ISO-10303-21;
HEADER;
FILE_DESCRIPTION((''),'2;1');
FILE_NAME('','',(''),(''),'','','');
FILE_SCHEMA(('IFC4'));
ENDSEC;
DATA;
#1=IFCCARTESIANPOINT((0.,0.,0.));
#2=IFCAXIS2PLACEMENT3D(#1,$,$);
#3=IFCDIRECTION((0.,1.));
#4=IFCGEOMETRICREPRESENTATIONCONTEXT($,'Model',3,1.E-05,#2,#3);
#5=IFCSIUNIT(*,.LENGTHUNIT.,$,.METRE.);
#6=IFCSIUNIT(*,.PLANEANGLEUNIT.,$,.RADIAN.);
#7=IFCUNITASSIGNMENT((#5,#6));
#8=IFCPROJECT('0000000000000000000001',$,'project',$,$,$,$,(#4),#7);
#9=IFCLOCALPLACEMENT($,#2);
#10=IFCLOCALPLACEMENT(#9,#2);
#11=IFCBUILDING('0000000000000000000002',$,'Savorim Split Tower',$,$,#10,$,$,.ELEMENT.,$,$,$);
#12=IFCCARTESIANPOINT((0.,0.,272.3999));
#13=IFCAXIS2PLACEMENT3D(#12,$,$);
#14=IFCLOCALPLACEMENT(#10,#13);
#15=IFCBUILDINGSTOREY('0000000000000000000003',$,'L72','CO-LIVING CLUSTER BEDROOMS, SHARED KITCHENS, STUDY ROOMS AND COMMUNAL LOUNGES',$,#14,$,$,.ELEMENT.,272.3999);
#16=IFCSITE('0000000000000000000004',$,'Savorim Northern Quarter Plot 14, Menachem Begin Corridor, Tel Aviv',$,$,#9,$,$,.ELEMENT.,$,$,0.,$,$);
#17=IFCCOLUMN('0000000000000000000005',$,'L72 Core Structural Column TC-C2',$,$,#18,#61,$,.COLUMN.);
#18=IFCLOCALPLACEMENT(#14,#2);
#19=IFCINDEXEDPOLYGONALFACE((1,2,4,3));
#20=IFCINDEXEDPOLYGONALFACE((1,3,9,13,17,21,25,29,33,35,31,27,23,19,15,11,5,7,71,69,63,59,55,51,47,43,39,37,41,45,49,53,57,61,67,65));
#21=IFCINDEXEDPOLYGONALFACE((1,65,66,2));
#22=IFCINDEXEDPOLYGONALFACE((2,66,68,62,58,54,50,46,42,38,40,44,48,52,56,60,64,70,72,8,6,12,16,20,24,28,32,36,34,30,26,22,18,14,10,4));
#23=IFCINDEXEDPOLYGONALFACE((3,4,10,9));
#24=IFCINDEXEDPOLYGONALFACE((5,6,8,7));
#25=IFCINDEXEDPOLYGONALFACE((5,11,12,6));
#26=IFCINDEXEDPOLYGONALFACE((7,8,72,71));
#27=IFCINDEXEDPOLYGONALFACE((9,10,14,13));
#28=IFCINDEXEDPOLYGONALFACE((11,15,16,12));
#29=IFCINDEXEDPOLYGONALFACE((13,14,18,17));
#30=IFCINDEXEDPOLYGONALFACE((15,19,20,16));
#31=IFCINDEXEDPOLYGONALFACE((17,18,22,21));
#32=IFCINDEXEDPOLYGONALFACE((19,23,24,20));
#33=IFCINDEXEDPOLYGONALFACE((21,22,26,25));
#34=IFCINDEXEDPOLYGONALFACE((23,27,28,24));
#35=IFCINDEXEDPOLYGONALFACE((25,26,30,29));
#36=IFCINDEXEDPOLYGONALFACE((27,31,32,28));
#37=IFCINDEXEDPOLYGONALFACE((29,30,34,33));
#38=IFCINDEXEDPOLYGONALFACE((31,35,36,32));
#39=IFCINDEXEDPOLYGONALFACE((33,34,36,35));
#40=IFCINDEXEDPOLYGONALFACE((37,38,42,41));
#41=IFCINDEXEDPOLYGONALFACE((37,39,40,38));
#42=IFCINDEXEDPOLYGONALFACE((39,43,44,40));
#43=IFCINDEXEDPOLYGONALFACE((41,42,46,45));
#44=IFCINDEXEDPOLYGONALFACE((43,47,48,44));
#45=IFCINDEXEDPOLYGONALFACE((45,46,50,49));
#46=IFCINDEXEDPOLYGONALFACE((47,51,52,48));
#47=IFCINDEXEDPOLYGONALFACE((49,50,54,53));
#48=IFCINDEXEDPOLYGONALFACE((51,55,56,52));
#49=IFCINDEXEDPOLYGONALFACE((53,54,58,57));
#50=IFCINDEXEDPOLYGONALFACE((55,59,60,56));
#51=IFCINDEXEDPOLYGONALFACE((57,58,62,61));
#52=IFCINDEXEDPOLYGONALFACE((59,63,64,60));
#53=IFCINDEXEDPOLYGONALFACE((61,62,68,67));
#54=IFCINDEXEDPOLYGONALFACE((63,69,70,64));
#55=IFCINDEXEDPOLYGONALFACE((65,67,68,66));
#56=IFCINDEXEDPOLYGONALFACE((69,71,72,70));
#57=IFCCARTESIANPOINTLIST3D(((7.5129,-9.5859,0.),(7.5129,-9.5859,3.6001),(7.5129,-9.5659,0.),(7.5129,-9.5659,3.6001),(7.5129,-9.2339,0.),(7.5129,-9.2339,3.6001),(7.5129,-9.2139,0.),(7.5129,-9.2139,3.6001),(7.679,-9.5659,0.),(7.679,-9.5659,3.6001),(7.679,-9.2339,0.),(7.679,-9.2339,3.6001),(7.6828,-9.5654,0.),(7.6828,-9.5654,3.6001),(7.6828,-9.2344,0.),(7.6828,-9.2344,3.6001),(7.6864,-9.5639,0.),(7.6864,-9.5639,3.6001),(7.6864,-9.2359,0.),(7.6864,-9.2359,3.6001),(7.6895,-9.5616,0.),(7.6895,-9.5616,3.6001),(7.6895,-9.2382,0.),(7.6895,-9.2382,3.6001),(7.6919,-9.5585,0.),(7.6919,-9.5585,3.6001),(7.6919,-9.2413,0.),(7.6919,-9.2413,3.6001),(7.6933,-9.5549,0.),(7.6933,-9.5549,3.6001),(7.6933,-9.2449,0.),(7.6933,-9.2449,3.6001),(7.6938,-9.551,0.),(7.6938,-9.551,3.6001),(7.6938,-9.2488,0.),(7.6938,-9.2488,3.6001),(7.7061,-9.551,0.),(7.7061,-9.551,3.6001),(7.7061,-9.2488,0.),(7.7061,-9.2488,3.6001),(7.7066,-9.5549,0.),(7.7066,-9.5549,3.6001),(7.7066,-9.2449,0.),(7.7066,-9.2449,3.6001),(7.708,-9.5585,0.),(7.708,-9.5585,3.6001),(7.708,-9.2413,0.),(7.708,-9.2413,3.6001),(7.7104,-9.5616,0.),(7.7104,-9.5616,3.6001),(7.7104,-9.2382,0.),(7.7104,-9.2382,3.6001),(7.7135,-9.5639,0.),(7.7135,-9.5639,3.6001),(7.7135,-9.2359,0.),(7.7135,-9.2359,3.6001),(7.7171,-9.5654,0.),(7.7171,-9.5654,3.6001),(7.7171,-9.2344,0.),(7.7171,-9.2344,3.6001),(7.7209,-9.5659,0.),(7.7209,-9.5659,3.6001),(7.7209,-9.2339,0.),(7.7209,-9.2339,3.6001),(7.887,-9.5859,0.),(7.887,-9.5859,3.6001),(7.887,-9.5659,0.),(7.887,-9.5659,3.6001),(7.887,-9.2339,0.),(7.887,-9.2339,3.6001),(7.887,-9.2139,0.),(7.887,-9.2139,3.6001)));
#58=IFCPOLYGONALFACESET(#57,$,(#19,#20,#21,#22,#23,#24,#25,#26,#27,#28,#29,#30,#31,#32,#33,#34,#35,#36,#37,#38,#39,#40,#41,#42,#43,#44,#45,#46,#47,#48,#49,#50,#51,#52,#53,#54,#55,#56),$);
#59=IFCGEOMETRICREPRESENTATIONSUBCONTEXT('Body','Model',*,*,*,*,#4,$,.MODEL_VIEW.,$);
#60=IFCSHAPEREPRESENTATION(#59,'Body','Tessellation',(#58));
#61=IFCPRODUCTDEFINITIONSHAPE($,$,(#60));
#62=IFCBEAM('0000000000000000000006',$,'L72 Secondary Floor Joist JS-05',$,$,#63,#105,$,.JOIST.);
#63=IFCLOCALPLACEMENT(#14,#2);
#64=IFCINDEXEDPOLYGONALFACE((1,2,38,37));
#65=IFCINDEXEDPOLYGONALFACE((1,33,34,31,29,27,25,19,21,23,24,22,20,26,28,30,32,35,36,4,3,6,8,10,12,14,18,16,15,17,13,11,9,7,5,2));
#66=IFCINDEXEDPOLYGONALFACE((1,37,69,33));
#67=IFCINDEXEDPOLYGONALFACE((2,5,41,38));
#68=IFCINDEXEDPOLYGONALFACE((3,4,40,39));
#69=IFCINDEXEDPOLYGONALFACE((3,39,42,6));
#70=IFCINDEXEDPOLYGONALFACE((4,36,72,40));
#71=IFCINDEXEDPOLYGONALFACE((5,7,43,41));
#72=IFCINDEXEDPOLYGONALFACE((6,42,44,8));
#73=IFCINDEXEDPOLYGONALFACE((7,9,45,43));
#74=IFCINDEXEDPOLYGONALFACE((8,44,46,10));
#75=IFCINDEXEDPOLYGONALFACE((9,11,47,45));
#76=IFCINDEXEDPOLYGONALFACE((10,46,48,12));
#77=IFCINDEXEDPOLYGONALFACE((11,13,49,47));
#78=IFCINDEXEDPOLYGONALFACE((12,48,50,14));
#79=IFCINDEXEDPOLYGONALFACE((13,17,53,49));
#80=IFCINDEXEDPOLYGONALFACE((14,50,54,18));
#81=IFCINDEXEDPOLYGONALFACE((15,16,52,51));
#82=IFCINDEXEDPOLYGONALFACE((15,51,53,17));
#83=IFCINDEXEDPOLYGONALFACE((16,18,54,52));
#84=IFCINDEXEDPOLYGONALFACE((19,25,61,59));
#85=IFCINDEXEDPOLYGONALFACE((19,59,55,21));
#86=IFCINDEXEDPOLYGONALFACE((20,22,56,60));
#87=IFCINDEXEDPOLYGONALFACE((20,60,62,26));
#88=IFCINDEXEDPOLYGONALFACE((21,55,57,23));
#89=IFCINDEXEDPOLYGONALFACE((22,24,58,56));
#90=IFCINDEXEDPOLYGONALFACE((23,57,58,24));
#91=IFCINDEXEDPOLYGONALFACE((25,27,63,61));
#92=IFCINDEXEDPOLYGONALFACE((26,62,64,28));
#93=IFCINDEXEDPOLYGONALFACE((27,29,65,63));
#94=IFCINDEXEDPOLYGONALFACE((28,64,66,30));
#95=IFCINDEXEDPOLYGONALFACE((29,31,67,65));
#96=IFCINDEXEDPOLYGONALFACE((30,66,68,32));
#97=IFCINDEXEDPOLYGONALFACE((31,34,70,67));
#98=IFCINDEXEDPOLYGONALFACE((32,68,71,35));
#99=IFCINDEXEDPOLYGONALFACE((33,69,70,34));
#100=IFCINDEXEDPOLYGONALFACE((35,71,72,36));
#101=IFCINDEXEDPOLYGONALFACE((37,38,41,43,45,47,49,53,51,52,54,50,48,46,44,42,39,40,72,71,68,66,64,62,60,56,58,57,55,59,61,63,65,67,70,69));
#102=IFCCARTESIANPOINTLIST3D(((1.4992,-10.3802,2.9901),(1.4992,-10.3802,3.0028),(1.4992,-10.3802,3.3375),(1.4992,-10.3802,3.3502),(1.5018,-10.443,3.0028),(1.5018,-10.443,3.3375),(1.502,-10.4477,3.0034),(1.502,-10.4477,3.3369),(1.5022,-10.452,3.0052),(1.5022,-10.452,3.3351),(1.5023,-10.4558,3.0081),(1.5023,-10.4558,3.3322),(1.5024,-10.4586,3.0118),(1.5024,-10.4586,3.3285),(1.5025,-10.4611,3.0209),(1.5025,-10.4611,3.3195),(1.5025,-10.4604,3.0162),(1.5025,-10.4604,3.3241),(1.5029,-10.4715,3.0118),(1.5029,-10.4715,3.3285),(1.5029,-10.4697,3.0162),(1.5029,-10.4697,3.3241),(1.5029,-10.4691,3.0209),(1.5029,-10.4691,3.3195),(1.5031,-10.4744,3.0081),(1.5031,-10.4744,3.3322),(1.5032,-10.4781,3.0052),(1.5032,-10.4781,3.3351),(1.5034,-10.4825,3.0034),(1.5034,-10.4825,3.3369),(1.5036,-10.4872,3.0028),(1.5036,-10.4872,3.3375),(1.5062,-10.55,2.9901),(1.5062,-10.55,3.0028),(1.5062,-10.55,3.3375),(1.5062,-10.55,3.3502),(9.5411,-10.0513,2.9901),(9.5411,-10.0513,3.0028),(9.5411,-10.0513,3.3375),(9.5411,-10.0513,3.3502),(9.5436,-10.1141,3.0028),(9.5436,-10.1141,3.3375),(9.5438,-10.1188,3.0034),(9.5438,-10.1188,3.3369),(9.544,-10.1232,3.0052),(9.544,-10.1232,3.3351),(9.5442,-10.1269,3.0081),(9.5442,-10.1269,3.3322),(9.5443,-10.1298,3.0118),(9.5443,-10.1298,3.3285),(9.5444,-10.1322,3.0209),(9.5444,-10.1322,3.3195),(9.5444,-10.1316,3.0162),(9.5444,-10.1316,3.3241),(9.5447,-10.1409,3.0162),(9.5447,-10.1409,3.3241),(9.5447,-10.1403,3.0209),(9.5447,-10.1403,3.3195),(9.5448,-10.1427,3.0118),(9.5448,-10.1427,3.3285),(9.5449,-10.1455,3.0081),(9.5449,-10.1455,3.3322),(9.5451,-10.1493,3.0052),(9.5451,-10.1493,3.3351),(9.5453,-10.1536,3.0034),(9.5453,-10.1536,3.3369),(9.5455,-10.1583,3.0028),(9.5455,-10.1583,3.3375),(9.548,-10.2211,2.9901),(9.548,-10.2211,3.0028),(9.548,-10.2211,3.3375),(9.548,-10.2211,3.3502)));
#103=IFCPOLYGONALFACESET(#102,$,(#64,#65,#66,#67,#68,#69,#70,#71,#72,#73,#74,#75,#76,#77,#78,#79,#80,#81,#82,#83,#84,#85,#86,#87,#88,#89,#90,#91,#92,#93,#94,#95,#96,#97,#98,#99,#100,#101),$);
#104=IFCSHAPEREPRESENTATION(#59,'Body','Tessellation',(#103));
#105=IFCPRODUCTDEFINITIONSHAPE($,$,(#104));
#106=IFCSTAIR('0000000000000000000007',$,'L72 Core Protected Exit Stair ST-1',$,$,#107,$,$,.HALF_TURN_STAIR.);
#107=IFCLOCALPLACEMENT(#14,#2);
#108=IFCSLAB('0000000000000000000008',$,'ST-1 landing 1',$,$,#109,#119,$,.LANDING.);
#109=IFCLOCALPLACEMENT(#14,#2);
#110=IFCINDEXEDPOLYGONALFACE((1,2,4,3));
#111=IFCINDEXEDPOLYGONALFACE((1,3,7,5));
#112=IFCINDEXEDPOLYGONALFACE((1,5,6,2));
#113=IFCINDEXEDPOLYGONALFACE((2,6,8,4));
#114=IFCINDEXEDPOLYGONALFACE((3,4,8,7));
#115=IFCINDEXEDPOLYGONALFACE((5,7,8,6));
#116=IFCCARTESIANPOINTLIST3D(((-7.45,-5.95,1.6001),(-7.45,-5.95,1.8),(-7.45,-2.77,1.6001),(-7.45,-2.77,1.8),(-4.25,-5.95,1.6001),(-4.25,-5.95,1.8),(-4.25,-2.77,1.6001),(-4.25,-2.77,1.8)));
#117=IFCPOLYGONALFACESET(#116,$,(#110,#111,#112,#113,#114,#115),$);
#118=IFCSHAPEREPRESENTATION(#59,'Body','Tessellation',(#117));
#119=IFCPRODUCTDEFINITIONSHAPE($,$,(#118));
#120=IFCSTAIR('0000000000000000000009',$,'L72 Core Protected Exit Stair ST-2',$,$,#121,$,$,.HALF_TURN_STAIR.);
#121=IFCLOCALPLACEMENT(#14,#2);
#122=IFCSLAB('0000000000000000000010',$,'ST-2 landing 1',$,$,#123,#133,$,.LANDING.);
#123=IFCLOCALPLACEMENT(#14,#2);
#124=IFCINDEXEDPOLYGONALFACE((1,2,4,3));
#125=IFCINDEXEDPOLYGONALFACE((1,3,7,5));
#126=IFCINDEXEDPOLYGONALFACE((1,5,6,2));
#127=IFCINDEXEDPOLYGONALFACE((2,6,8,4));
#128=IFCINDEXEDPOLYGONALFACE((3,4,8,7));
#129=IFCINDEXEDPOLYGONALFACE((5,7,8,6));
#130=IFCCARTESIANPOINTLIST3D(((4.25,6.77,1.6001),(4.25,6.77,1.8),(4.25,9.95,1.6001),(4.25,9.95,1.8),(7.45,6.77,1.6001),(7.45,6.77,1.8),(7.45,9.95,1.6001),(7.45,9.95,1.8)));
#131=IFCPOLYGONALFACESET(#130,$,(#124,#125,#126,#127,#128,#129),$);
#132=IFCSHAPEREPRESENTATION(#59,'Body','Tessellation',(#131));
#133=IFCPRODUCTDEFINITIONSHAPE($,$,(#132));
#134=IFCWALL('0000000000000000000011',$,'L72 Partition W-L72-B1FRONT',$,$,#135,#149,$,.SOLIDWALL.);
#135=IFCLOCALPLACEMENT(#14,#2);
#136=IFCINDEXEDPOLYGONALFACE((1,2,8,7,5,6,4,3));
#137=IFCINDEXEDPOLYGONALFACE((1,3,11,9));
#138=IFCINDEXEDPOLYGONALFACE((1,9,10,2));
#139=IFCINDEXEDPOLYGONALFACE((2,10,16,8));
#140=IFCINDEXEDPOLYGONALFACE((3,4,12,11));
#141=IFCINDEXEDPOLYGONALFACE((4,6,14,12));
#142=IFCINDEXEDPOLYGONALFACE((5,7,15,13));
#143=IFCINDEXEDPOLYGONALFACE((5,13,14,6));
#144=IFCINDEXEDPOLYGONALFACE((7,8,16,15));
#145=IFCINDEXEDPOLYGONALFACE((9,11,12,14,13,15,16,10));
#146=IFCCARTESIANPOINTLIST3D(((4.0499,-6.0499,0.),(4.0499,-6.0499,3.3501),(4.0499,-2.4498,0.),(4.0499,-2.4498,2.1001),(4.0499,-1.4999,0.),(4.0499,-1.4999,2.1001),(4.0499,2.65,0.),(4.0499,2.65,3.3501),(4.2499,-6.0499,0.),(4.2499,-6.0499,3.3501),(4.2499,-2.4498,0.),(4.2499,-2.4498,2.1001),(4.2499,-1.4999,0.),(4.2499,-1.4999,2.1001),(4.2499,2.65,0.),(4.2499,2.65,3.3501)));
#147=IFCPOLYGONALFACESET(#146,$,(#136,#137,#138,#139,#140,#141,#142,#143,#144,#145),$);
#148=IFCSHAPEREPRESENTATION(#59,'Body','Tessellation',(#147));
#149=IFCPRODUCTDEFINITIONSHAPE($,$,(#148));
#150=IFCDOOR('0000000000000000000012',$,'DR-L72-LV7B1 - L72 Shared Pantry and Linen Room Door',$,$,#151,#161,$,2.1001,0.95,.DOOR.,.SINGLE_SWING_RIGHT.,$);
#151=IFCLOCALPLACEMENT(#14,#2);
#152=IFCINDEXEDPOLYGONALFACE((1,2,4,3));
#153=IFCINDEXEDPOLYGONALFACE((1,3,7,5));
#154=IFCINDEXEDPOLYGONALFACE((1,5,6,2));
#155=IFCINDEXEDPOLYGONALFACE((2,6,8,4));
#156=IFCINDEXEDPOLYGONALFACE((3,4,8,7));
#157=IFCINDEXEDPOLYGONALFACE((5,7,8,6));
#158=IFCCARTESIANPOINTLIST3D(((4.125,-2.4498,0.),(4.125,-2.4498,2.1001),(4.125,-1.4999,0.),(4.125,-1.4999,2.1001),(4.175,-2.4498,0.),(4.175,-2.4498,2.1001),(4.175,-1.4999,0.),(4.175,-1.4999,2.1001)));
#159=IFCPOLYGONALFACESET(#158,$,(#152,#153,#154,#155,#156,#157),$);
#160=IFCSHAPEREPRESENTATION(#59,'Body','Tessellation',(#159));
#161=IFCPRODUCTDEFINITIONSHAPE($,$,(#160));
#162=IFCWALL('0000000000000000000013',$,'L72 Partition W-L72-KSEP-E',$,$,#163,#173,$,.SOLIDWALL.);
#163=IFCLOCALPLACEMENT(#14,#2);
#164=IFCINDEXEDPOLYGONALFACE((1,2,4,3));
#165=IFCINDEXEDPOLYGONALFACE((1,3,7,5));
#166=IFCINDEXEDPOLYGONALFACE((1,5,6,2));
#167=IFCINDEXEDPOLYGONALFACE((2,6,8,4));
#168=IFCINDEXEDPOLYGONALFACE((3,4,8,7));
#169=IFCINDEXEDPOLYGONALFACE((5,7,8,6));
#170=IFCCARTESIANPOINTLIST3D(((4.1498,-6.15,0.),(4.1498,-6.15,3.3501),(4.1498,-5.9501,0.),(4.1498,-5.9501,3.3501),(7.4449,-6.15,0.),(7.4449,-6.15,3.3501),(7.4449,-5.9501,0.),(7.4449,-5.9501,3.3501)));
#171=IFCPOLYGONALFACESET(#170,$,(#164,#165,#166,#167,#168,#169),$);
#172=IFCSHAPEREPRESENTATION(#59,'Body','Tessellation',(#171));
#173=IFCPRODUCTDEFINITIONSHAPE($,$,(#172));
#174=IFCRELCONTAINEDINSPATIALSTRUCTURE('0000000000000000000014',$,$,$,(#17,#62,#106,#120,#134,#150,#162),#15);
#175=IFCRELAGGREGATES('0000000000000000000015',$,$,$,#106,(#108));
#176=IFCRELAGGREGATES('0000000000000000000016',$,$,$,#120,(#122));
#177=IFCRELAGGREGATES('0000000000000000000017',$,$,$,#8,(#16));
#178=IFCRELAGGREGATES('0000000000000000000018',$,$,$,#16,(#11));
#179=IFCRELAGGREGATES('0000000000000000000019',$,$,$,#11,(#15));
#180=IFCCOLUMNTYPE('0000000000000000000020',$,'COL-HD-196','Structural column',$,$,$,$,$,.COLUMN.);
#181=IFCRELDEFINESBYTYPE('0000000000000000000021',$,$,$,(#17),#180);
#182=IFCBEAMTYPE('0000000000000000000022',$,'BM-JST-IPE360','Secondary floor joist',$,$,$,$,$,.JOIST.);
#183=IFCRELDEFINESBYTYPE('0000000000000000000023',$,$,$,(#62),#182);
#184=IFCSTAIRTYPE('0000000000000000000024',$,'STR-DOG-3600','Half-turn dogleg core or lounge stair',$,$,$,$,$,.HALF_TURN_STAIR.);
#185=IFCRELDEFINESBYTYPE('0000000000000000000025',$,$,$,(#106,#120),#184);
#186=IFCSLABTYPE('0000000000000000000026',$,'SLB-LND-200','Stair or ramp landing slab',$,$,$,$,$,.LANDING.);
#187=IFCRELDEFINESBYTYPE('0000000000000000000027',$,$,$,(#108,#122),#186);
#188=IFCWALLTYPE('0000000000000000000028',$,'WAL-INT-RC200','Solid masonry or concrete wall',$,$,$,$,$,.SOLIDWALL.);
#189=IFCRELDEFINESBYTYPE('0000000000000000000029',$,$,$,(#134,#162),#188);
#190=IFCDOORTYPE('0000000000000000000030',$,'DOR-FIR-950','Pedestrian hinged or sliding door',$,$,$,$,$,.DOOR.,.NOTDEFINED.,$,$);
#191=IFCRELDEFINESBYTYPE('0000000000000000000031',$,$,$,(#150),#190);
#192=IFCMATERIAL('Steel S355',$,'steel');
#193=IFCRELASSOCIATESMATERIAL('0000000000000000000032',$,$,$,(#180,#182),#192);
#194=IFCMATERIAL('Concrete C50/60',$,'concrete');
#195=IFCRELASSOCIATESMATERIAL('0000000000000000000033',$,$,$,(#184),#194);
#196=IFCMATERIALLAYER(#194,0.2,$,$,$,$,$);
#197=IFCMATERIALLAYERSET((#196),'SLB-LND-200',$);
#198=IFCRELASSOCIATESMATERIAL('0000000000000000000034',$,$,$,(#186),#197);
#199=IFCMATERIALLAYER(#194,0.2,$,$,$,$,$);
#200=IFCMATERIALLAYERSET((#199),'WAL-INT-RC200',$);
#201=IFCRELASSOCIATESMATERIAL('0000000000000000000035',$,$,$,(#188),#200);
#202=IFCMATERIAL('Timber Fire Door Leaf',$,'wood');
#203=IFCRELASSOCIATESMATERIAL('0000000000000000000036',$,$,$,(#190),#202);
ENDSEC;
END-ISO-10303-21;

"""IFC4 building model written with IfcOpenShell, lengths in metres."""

from ifc_helpers import new_model, si_unit, direction, frame, frame_2d, origin, origin_2d, place, context, subcontext, project, spatial, polyline, rectangle, i_section, outline, extrude, material, layer, layer_set, material_profile, profile_set, type_object, element, fill, aggregate, save


model = new_model("IFC4")

# Units and contexts
model_context = context("Model", 3, precision=1e-05, world=origin(), true_north=direction((0.0, 1.0)))
body_context = subcontext(model_context, "Body", "Model", "MODEL_VIEW")
ifc_project = project(units=[si_unit("LENGTHUNIT", "METRE"), si_unit("PLANEANGLEUNIT", "RADIAN")], contexts=[model_context])

# Site, building, storey
site_placement = place(None, origin())
site = spatial("IfcSite", under=ifc_project, at=site_placement, Name="Savorim Northern Quarter Plot 14, Menachem Begin Corridor, Tel Aviv", CompositionType="ELEMENT", RefElevation=0.0)
building_placement = place(site_placement, origin())
building = spatial("IfcBuilding", under=site, at=building_placement, Name="Savorim Split Tower", CompositionType="ELEMENT")
storey_placement = place(building_placement, frame((0.0, 0.0, 272.3999)))
storey = spatial("IfcBuildingStorey", under=building, at=storey_placement, Name="L72", Description="CO-LIVING CLUSTER BEDROOMS, SHARED KITCHENS, STUDY ROOMS AND COMMUNAL LOUNGES", CompositionType="ELEMENT", Elevation=272.3999)

# Column
ifc_material_1 = material(Name="Steel S355", Category="steel")
ifc_material_profile_1 = material_profile(ifc_material_1, i_section(OverallWidth=0.374, OverallDepth=0.3721, WebThickness=0.0122, FlangeThickness=0.02, FilletRadius=0.0149, at=origin_2d()), Name="HD 360x196")
ifc_profile_set_1 = profile_set([ifc_material_profile_1], Name="Steel S355")
column_type = type_object("IfcColumnType", Name="COL-HD-196", Description="Structural column", PredefinedType="COLUMN", material=ifc_profile_set_1)
column_placement = place(storey_placement, frame((7.7, -9.3999, 0.0), z_axis=(0.0, 0.0, 1.0), x_axis=(1.0, 0.0, 0.0)))
element("IfcColumn", 1, at=column_placement, inside=storey, type_object=column_type, Name="L72 Core Structural Column TC-C2", PredefinedType="COLUMN", context=body_context, shape_type="SweptSolid", body=[
    extrude(i_section(OverallWidth=0.374, OverallDepth=0.3721, WebThickness=0.0122, FlangeThickness=0.02, FilletRadius=0.0149, at=origin_2d()), origin(), (0.0, 0.0, 1.0), 3.6001),
])

# Beam
ifc_material_profile_2 = material_profile(ifc_material_1, i_section(OverallWidth=0.1699, OverallDepth=0.3601, WebThickness=0.0081, FlangeThickness=0.0127, FilletRadius=0.0181, at=origin_2d()), Name="IPE 360")
ifc_profile_set_2 = profile_set([ifc_material_profile_2], Name="Steel S355")
beam_type = type_object("IfcBeamType", Name="BM-JST-IPE360", Description="Secondary floor joist", PredefinedType="JOIST", material=ifc_profile_set_2)
beam_placement = place(storey_placement, frame((1.5027, -10.4651, 3.1702), z_axis=(0.999165, 0.04086, 0.0), x_axis=(-0.04086, 0.999165, 0.0)))
element("IfcBeam", 2, at=beam_placement, inside=storey, type_object=beam_type, Name="L72 Secondary Floor Joist JS-05", PredefinedType="JOIST", context=body_context, shape_type="SweptSolid", body=[
    extrude(i_section(OverallWidth=0.1699, OverallDepth=0.3601, WebThickness=0.0081, FlangeThickness=0.0127, FilletRadius=0.0181, at=origin_2d()), origin(), (0.0, 0.0, 1.0), 8.0486),
])

# Stairs, slabs
ifc_material_2 = material(Name="Concrete C50/60", Category="concrete")
stair_type = type_object("IfcStairType", Name="STR-DOG-3600", Description="Half-turn dogleg core or lounge stair", PredefinedType="HALF_TURN_STAIR", material=ifc_material_2)
stair_1_placement = place(storey_placement, origin())
stair_1 = element("IfcStair", 3, at=stair_1_placement, inside=storey, type_object=stair_type, Name="L72 Core Protected Exit Stair ST-1", PredefinedType="HALF_TURN_STAIR")
ifc_layer_1 = layer(ifc_material_2, 0.2)
ifc_layer_set_1 = layer_set([ifc_layer_1], Name="SLB-LND-200")
slab_type = type_object("IfcSlabType", Name="SLB-LND-200", Description="Stair or ramp landing slab", PredefinedType="LANDING", material=ifc_layer_set_1)
slab_1_placement = place(storey_placement, frame((0.0, 0.0, 1.6001)))
slab_1 = element("IfcSlab", 4, at=slab_1_placement, type_object=slab_type, Name="ST-1 landing 1", PredefinedType="LANDING", context=body_context, shape_type="SweptSolid", body=[
    extrude(outline(polyline([(-7.45, -2.77), (-7.45, -5.95), (-4.25, -5.95), (-4.25, -2.77), (-7.45, -2.77)])), origin(), (0.0, 0.0, 1.0), 0.2),
])
aggregate(stair_1, [slab_1])
stair_2_placement = place(storey_placement, origin())
stair_2 = element("IfcStair", 5, at=stair_2_placement, inside=storey, type_object=stair_type, Name="L72 Core Protected Exit Stair ST-2", PredefinedType="HALF_TURN_STAIR")
slab_2_placement = place(storey_placement, frame((0.0, 0.0, 1.6001)))
slab_2 = element("IfcSlab", 6, at=slab_2_placement, type_object=slab_type, Name="ST-2 landing 1", PredefinedType="LANDING", context=body_context, shape_type="SweptSolid", body=[
    extrude(outline(polyline([(7.45, 6.77), (7.45, 9.95), (4.25, 9.95), (4.25, 6.77), (7.45, 6.77)])), origin(), (0.0, 0.0, 1.0), 0.2),
])
aggregate(stair_2, [slab_2])

# Wall, opening, door
ifc_layer_2 = layer(ifc_material_2, 0.2)
ifc_layer_set_2 = layer_set([ifc_layer_2], Name="WAL-INT-RC200")
wall_type_1 = type_object("IfcWallType", Name="WAL-INT-RC200", Description="Solid masonry or concrete wall", PredefinedType="SOLIDWALL", material=ifc_layer_set_2)
wall_1_placement = place(storey_placement, frame((4.1499, -6.05, 0.0), z_axis=(0.0, 0.0, 1.0), x_axis=(0.0, 1.0, 0.0)))
wall_1 = element("IfcWall", 7, at=wall_1_placement, inside=storey, type_object=wall_type_1, Name="L72 Partition W-L72-B1FRONT", PredefinedType="SOLIDWALL", context=body_context, shape_type="SweptSolid", body=[
    extrude(rectangle(XDim=8.7, YDim=0.2, at=frame_2d((4.3501, 0.0))), origin(), (0.0, 0.0, 1.0), 3.3501),
])
opening_1_placement = place(wall_1_placement, frame((3.6001, 0.0, 0.0)))
opening_1 = element("IfcOpeningElement", 8, at=opening_1_placement, cuts=wall_1, PredefinedType="OPENING", context=body_context, shape_type="SweptSolid", body=[
    extrude(rectangle(XDim=0.95, YDim=2.1001, at=frame_2d((0.4751, 1.05))), frame((0.0, 0.1099, 0.0), z_axis=(0.0, -1.0, 0.0), x_axis=(1.0, 0.0, 0.0)), (0.0, 0.0, 1.0), 0.22),
])
ifc_material_3 = material(Name="Timber Fire Door Leaf", Category="wood")
door_type_1 = type_object("IfcDoorType", Name="DOR-FIR-950", Description="Pedestrian hinged or sliding door", OperationType="NOTDEFINED", PredefinedType="DOOR", material=ifc_material_3)
door_1_placement = place(opening_1_placement, origin())
door_1 = element("IfcDoor", 9, at=door_1_placement, inside=storey, type_object=door_type_1, Name="DR-L72-LV7B1 - L72 Shared Pantry and Linen Room Door", OperationType="SINGLE_SWING_RIGHT", OverallHeight=2.1001, OverallWidth=0.95, PredefinedType="DOOR", context=body_context, shape_type="SweptSolid", body=[
    extrude(rectangle(XDim=0.95, YDim=2.1001, at=frame_2d((0.4751, 1.05))), frame((0.0, 0.0249, 0.0), z_axis=(0.0, -1.0, 0.0), x_axis=(1.0, 0.0, 0.0)), (0.0, 0.0, 1.0), 0.05),
])
fill(opening_1, door_1)

# Wall
wall_2_placement = place(storey_placement, frame((4.1499, -6.05, 0.0), z_axis=(0.0, 0.0, 1.0), x_axis=(1.0, 0.0, 0.0)))
element("IfcWall", 10, at=wall_2_placement, inside=storey, type_object=wall_type_1, Name="L72 Partition W-L72-KSEP-E", PredefinedType="SOLIDWALL", context=body_context, shape_type="SweptSolid", body=[
    extrude(rectangle(XDim=3.2952, YDim=0.2, at=frame_2d((1.6475, 0.0))), origin(), (0.0, 0.0, 1.0), 3.3501),
])

save(model, "model.ifc")
